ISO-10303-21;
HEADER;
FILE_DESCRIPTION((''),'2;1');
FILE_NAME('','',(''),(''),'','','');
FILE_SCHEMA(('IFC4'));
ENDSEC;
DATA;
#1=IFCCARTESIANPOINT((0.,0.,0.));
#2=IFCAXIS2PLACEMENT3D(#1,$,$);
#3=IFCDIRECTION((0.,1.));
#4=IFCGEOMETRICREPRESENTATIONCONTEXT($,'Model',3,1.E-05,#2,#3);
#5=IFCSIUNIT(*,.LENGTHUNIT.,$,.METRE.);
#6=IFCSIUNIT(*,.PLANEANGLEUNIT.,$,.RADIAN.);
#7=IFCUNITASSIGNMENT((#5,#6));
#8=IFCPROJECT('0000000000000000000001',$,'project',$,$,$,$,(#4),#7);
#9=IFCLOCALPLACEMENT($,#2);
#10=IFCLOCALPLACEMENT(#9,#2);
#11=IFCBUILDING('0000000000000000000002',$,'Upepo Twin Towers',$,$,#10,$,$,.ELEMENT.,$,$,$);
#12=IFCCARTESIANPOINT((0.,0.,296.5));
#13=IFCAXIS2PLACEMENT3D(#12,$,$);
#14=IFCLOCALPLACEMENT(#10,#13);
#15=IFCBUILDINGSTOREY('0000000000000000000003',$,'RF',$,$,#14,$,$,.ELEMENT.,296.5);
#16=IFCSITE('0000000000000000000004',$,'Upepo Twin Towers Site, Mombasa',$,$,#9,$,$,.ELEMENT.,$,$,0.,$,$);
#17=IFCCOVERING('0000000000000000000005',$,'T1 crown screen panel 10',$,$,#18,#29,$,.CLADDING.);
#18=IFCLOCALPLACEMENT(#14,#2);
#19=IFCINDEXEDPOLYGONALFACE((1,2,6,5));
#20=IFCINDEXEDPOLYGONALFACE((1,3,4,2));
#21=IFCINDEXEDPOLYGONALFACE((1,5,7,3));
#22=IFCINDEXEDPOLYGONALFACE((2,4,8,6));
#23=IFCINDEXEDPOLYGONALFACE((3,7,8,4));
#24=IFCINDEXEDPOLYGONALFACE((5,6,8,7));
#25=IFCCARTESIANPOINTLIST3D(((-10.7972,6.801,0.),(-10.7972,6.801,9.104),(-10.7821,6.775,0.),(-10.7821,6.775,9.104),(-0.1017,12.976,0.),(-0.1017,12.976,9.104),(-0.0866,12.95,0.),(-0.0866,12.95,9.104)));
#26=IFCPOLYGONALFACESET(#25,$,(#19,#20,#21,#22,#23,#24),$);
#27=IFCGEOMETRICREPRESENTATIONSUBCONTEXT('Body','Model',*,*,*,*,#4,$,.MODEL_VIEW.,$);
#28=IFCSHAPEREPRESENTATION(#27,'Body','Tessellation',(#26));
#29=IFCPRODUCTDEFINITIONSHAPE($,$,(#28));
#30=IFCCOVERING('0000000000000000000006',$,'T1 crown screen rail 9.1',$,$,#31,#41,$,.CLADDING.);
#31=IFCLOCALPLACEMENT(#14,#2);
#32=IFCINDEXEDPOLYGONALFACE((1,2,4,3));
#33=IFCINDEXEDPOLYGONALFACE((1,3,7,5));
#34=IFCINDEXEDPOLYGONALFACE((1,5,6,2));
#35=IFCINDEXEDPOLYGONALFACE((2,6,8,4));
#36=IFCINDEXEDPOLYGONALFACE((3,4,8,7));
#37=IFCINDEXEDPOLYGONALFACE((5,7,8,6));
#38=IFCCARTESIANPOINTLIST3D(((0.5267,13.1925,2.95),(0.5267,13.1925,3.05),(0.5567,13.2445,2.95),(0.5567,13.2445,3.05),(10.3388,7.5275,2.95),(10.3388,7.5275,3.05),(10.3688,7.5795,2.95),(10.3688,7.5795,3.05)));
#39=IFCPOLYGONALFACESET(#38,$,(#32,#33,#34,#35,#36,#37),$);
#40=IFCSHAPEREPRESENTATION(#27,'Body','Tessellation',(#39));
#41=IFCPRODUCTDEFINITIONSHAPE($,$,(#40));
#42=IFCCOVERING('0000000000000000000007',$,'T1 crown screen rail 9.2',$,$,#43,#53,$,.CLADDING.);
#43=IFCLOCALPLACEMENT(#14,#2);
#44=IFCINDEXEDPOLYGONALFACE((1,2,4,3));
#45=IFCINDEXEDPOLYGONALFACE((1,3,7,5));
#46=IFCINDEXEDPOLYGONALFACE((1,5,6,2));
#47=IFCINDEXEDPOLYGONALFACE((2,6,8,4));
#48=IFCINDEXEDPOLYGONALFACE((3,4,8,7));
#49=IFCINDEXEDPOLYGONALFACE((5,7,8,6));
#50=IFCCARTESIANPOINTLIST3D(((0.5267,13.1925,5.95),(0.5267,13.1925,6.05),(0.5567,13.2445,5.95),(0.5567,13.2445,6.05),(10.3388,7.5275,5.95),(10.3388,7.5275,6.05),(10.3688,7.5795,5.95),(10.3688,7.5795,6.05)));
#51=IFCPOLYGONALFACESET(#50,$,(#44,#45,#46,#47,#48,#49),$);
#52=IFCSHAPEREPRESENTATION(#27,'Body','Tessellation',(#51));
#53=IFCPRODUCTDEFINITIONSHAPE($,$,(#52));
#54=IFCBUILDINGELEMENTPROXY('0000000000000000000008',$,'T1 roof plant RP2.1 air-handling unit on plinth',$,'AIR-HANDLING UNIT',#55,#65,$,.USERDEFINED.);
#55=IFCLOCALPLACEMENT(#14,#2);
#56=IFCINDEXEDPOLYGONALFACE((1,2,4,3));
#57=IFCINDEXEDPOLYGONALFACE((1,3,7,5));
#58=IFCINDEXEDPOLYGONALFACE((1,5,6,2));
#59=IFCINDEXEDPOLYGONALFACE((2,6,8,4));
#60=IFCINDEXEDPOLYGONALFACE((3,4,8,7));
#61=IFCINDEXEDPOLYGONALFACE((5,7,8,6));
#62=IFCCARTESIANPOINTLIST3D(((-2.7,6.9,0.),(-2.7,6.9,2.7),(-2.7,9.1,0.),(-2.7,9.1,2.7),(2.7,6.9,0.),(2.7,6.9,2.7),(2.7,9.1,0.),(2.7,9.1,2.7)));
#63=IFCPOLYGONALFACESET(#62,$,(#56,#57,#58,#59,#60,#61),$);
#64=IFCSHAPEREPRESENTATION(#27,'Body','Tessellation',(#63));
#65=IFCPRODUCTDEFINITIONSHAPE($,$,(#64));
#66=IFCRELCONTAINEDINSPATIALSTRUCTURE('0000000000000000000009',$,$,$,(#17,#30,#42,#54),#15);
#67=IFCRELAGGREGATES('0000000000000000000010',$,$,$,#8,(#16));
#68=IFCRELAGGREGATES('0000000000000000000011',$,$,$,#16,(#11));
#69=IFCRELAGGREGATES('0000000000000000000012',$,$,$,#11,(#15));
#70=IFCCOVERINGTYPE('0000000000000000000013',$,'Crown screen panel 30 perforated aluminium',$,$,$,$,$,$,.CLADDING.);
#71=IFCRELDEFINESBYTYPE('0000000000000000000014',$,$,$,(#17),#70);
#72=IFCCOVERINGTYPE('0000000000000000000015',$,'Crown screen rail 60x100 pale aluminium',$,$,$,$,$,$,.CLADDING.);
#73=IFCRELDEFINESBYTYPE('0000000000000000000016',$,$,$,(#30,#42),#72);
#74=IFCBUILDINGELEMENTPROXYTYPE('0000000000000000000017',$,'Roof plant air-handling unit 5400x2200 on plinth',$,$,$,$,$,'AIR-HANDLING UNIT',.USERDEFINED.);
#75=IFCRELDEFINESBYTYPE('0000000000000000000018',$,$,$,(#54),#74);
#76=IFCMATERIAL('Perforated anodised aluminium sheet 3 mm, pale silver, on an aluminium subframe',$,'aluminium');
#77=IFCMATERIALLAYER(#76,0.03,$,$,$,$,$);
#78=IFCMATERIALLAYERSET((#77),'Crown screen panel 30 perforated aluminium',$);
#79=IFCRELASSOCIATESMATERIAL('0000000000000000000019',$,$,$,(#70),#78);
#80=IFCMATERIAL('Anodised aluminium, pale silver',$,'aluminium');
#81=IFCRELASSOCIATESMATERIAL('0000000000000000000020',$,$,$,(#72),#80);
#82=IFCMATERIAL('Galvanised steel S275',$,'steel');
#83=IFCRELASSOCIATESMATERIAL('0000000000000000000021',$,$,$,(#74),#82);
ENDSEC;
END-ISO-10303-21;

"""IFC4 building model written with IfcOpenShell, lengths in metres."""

from ifc_helpers import new_model, si_unit, direction, frame, origin, origin_2d, place, context, subcontext, project, spatial, rectangle, extrude, material, layer, layer_set, type_object, element, save


model = new_model("IFC4")

# Units and contexts
model_context = context("Model", 3, precision=1e-05, world=origin(), true_north=direction((0.0, 1.0)))
body_context = subcontext(model_context, "Body", "Model", "MODEL_VIEW")
ifc_project = project(units=[si_unit("LENGTHUNIT", "METRE"), si_unit("PLANEANGLEUNIT", "RADIAN")], contexts=[model_context])

# Site, building, storey
site_placement = place(None, origin())
site = spatial("IfcSite", under=ifc_project, at=site_placement, Name="Upepo Twin Towers Site, Mombasa", CompositionType="ELEMENT", RefElevation=0.0)
building_placement = place(site_placement, origin())
building = spatial("IfcBuilding", under=site, at=building_placement, Name="Upepo Twin Towers", CompositionType="ELEMENT")
storey_placement = place(building_placement, frame((0.0, 0.0, 296.5)))
storey = spatial("IfcBuildingStorey", under=building, at=storey_placement, Name="RF", CompositionType="ELEMENT", Elevation=296.5)

# Coverings
ifc_material_1 = material(Name="Perforated anodised aluminium sheet 3 mm, pale silver, on an aluminium subframe", Category="aluminium")
ifc_layer_1 = layer(ifc_material_1, 0.03)
ifc_layer_set_1 = layer_set([ifc_layer_1], Name="Crown screen panel 30 perforated aluminium")
covering_type_1 = type_object("IfcCoveringType", Name="Crown screen panel 30 perforated aluminium", PredefinedType="CLADDING", material=ifc_layer_set_1)
covering_1_placement = place(storey_placement, frame((-5.4419, 9.8755, 0.0), z_axis=(0.0, 0.0, 1.0), x_axis=(-0.866025, -0.5, 0.0)))
element("IfcCovering", 1, at=covering_1_placement, inside=storey, type_object=covering_type_1, Name="T1 crown screen panel 10", PredefinedType="CLADDING", context=body_context, shape_type="SweptSolid", body=[
    extrude(rectangle(XDim=12.3501, YDim=0.03, at=origin_2d()), origin(), (0.0, 0.0, 1.0), 9.104),
])
ifc_material_2 = material(Name="Anodised aluminium, pale silver", Category="aluminium")
covering_type_2 = type_object("IfcCoveringType", Name="Crown screen rail 60x100 pale aluminium", PredefinedType="CLADDING", material=ifc_material_2)
for number, where, z_axis, x_axis, name in (
    (2, (5.4478, 10.386, 2.95), (0.0, 0.0, 1.0), (-0.866025, 0.5, 0.0), "T1 crown screen rail 9.1"),
    (3, (5.4478, 10.386, 5.95), (0.0, 0.0, 1.0), (-0.866025, 0.5, 0.0), "T1 crown screen rail 9.2"),
):
    element("IfcCovering", number, at=place(storey_placement, frame(where, z_axis=z_axis, x_axis=x_axis)), inside=storey, type_object=covering_type_2, Name=name, PredefinedType="CLADDING", context=body_context, shape_type="SweptSolid", body=[
        extrude(rectangle(XDim=11.3301, YDim=0.0601, at=origin_2d()), origin(), (0.0, 0.0, 1.0), 0.1001),
    ])

# Building element proxy
ifc_material_3 = material(Name="Galvanised steel S275", Category="steel")
building_element_proxy_type = type_object("IfcBuildingElementProxyType", Name="Roof plant air-handling unit 5400x2200 on plinth", ElementType="AIR-HANDLING UNIT", PredefinedType="USERDEFINED", material=ifc_material_3)
proxy_placement = place(storey_placement, frame((0.0, 8.0, 0.0), z_axis=(0.0, 0.0, 1.0), x_axis=(1.0, 0.0, 0.0)))
element("IfcBuildingElementProxy", 4, at=proxy_placement, inside=storey, type_object=building_element_proxy_type, Name="T1 roof plant RP2.1 air-handling unit on plinth", ObjectType="AIR-HANDLING UNIT", PredefinedType="USERDEFINED", context=body_context, shape_type="SweptSolid", body=[
    extrude(rectangle(XDim=5.3999, YDim=2.2, at=origin_2d()), origin(), (0.0, 0.0, 1.0), 2.7),
])

save(model, "model.ifc")
